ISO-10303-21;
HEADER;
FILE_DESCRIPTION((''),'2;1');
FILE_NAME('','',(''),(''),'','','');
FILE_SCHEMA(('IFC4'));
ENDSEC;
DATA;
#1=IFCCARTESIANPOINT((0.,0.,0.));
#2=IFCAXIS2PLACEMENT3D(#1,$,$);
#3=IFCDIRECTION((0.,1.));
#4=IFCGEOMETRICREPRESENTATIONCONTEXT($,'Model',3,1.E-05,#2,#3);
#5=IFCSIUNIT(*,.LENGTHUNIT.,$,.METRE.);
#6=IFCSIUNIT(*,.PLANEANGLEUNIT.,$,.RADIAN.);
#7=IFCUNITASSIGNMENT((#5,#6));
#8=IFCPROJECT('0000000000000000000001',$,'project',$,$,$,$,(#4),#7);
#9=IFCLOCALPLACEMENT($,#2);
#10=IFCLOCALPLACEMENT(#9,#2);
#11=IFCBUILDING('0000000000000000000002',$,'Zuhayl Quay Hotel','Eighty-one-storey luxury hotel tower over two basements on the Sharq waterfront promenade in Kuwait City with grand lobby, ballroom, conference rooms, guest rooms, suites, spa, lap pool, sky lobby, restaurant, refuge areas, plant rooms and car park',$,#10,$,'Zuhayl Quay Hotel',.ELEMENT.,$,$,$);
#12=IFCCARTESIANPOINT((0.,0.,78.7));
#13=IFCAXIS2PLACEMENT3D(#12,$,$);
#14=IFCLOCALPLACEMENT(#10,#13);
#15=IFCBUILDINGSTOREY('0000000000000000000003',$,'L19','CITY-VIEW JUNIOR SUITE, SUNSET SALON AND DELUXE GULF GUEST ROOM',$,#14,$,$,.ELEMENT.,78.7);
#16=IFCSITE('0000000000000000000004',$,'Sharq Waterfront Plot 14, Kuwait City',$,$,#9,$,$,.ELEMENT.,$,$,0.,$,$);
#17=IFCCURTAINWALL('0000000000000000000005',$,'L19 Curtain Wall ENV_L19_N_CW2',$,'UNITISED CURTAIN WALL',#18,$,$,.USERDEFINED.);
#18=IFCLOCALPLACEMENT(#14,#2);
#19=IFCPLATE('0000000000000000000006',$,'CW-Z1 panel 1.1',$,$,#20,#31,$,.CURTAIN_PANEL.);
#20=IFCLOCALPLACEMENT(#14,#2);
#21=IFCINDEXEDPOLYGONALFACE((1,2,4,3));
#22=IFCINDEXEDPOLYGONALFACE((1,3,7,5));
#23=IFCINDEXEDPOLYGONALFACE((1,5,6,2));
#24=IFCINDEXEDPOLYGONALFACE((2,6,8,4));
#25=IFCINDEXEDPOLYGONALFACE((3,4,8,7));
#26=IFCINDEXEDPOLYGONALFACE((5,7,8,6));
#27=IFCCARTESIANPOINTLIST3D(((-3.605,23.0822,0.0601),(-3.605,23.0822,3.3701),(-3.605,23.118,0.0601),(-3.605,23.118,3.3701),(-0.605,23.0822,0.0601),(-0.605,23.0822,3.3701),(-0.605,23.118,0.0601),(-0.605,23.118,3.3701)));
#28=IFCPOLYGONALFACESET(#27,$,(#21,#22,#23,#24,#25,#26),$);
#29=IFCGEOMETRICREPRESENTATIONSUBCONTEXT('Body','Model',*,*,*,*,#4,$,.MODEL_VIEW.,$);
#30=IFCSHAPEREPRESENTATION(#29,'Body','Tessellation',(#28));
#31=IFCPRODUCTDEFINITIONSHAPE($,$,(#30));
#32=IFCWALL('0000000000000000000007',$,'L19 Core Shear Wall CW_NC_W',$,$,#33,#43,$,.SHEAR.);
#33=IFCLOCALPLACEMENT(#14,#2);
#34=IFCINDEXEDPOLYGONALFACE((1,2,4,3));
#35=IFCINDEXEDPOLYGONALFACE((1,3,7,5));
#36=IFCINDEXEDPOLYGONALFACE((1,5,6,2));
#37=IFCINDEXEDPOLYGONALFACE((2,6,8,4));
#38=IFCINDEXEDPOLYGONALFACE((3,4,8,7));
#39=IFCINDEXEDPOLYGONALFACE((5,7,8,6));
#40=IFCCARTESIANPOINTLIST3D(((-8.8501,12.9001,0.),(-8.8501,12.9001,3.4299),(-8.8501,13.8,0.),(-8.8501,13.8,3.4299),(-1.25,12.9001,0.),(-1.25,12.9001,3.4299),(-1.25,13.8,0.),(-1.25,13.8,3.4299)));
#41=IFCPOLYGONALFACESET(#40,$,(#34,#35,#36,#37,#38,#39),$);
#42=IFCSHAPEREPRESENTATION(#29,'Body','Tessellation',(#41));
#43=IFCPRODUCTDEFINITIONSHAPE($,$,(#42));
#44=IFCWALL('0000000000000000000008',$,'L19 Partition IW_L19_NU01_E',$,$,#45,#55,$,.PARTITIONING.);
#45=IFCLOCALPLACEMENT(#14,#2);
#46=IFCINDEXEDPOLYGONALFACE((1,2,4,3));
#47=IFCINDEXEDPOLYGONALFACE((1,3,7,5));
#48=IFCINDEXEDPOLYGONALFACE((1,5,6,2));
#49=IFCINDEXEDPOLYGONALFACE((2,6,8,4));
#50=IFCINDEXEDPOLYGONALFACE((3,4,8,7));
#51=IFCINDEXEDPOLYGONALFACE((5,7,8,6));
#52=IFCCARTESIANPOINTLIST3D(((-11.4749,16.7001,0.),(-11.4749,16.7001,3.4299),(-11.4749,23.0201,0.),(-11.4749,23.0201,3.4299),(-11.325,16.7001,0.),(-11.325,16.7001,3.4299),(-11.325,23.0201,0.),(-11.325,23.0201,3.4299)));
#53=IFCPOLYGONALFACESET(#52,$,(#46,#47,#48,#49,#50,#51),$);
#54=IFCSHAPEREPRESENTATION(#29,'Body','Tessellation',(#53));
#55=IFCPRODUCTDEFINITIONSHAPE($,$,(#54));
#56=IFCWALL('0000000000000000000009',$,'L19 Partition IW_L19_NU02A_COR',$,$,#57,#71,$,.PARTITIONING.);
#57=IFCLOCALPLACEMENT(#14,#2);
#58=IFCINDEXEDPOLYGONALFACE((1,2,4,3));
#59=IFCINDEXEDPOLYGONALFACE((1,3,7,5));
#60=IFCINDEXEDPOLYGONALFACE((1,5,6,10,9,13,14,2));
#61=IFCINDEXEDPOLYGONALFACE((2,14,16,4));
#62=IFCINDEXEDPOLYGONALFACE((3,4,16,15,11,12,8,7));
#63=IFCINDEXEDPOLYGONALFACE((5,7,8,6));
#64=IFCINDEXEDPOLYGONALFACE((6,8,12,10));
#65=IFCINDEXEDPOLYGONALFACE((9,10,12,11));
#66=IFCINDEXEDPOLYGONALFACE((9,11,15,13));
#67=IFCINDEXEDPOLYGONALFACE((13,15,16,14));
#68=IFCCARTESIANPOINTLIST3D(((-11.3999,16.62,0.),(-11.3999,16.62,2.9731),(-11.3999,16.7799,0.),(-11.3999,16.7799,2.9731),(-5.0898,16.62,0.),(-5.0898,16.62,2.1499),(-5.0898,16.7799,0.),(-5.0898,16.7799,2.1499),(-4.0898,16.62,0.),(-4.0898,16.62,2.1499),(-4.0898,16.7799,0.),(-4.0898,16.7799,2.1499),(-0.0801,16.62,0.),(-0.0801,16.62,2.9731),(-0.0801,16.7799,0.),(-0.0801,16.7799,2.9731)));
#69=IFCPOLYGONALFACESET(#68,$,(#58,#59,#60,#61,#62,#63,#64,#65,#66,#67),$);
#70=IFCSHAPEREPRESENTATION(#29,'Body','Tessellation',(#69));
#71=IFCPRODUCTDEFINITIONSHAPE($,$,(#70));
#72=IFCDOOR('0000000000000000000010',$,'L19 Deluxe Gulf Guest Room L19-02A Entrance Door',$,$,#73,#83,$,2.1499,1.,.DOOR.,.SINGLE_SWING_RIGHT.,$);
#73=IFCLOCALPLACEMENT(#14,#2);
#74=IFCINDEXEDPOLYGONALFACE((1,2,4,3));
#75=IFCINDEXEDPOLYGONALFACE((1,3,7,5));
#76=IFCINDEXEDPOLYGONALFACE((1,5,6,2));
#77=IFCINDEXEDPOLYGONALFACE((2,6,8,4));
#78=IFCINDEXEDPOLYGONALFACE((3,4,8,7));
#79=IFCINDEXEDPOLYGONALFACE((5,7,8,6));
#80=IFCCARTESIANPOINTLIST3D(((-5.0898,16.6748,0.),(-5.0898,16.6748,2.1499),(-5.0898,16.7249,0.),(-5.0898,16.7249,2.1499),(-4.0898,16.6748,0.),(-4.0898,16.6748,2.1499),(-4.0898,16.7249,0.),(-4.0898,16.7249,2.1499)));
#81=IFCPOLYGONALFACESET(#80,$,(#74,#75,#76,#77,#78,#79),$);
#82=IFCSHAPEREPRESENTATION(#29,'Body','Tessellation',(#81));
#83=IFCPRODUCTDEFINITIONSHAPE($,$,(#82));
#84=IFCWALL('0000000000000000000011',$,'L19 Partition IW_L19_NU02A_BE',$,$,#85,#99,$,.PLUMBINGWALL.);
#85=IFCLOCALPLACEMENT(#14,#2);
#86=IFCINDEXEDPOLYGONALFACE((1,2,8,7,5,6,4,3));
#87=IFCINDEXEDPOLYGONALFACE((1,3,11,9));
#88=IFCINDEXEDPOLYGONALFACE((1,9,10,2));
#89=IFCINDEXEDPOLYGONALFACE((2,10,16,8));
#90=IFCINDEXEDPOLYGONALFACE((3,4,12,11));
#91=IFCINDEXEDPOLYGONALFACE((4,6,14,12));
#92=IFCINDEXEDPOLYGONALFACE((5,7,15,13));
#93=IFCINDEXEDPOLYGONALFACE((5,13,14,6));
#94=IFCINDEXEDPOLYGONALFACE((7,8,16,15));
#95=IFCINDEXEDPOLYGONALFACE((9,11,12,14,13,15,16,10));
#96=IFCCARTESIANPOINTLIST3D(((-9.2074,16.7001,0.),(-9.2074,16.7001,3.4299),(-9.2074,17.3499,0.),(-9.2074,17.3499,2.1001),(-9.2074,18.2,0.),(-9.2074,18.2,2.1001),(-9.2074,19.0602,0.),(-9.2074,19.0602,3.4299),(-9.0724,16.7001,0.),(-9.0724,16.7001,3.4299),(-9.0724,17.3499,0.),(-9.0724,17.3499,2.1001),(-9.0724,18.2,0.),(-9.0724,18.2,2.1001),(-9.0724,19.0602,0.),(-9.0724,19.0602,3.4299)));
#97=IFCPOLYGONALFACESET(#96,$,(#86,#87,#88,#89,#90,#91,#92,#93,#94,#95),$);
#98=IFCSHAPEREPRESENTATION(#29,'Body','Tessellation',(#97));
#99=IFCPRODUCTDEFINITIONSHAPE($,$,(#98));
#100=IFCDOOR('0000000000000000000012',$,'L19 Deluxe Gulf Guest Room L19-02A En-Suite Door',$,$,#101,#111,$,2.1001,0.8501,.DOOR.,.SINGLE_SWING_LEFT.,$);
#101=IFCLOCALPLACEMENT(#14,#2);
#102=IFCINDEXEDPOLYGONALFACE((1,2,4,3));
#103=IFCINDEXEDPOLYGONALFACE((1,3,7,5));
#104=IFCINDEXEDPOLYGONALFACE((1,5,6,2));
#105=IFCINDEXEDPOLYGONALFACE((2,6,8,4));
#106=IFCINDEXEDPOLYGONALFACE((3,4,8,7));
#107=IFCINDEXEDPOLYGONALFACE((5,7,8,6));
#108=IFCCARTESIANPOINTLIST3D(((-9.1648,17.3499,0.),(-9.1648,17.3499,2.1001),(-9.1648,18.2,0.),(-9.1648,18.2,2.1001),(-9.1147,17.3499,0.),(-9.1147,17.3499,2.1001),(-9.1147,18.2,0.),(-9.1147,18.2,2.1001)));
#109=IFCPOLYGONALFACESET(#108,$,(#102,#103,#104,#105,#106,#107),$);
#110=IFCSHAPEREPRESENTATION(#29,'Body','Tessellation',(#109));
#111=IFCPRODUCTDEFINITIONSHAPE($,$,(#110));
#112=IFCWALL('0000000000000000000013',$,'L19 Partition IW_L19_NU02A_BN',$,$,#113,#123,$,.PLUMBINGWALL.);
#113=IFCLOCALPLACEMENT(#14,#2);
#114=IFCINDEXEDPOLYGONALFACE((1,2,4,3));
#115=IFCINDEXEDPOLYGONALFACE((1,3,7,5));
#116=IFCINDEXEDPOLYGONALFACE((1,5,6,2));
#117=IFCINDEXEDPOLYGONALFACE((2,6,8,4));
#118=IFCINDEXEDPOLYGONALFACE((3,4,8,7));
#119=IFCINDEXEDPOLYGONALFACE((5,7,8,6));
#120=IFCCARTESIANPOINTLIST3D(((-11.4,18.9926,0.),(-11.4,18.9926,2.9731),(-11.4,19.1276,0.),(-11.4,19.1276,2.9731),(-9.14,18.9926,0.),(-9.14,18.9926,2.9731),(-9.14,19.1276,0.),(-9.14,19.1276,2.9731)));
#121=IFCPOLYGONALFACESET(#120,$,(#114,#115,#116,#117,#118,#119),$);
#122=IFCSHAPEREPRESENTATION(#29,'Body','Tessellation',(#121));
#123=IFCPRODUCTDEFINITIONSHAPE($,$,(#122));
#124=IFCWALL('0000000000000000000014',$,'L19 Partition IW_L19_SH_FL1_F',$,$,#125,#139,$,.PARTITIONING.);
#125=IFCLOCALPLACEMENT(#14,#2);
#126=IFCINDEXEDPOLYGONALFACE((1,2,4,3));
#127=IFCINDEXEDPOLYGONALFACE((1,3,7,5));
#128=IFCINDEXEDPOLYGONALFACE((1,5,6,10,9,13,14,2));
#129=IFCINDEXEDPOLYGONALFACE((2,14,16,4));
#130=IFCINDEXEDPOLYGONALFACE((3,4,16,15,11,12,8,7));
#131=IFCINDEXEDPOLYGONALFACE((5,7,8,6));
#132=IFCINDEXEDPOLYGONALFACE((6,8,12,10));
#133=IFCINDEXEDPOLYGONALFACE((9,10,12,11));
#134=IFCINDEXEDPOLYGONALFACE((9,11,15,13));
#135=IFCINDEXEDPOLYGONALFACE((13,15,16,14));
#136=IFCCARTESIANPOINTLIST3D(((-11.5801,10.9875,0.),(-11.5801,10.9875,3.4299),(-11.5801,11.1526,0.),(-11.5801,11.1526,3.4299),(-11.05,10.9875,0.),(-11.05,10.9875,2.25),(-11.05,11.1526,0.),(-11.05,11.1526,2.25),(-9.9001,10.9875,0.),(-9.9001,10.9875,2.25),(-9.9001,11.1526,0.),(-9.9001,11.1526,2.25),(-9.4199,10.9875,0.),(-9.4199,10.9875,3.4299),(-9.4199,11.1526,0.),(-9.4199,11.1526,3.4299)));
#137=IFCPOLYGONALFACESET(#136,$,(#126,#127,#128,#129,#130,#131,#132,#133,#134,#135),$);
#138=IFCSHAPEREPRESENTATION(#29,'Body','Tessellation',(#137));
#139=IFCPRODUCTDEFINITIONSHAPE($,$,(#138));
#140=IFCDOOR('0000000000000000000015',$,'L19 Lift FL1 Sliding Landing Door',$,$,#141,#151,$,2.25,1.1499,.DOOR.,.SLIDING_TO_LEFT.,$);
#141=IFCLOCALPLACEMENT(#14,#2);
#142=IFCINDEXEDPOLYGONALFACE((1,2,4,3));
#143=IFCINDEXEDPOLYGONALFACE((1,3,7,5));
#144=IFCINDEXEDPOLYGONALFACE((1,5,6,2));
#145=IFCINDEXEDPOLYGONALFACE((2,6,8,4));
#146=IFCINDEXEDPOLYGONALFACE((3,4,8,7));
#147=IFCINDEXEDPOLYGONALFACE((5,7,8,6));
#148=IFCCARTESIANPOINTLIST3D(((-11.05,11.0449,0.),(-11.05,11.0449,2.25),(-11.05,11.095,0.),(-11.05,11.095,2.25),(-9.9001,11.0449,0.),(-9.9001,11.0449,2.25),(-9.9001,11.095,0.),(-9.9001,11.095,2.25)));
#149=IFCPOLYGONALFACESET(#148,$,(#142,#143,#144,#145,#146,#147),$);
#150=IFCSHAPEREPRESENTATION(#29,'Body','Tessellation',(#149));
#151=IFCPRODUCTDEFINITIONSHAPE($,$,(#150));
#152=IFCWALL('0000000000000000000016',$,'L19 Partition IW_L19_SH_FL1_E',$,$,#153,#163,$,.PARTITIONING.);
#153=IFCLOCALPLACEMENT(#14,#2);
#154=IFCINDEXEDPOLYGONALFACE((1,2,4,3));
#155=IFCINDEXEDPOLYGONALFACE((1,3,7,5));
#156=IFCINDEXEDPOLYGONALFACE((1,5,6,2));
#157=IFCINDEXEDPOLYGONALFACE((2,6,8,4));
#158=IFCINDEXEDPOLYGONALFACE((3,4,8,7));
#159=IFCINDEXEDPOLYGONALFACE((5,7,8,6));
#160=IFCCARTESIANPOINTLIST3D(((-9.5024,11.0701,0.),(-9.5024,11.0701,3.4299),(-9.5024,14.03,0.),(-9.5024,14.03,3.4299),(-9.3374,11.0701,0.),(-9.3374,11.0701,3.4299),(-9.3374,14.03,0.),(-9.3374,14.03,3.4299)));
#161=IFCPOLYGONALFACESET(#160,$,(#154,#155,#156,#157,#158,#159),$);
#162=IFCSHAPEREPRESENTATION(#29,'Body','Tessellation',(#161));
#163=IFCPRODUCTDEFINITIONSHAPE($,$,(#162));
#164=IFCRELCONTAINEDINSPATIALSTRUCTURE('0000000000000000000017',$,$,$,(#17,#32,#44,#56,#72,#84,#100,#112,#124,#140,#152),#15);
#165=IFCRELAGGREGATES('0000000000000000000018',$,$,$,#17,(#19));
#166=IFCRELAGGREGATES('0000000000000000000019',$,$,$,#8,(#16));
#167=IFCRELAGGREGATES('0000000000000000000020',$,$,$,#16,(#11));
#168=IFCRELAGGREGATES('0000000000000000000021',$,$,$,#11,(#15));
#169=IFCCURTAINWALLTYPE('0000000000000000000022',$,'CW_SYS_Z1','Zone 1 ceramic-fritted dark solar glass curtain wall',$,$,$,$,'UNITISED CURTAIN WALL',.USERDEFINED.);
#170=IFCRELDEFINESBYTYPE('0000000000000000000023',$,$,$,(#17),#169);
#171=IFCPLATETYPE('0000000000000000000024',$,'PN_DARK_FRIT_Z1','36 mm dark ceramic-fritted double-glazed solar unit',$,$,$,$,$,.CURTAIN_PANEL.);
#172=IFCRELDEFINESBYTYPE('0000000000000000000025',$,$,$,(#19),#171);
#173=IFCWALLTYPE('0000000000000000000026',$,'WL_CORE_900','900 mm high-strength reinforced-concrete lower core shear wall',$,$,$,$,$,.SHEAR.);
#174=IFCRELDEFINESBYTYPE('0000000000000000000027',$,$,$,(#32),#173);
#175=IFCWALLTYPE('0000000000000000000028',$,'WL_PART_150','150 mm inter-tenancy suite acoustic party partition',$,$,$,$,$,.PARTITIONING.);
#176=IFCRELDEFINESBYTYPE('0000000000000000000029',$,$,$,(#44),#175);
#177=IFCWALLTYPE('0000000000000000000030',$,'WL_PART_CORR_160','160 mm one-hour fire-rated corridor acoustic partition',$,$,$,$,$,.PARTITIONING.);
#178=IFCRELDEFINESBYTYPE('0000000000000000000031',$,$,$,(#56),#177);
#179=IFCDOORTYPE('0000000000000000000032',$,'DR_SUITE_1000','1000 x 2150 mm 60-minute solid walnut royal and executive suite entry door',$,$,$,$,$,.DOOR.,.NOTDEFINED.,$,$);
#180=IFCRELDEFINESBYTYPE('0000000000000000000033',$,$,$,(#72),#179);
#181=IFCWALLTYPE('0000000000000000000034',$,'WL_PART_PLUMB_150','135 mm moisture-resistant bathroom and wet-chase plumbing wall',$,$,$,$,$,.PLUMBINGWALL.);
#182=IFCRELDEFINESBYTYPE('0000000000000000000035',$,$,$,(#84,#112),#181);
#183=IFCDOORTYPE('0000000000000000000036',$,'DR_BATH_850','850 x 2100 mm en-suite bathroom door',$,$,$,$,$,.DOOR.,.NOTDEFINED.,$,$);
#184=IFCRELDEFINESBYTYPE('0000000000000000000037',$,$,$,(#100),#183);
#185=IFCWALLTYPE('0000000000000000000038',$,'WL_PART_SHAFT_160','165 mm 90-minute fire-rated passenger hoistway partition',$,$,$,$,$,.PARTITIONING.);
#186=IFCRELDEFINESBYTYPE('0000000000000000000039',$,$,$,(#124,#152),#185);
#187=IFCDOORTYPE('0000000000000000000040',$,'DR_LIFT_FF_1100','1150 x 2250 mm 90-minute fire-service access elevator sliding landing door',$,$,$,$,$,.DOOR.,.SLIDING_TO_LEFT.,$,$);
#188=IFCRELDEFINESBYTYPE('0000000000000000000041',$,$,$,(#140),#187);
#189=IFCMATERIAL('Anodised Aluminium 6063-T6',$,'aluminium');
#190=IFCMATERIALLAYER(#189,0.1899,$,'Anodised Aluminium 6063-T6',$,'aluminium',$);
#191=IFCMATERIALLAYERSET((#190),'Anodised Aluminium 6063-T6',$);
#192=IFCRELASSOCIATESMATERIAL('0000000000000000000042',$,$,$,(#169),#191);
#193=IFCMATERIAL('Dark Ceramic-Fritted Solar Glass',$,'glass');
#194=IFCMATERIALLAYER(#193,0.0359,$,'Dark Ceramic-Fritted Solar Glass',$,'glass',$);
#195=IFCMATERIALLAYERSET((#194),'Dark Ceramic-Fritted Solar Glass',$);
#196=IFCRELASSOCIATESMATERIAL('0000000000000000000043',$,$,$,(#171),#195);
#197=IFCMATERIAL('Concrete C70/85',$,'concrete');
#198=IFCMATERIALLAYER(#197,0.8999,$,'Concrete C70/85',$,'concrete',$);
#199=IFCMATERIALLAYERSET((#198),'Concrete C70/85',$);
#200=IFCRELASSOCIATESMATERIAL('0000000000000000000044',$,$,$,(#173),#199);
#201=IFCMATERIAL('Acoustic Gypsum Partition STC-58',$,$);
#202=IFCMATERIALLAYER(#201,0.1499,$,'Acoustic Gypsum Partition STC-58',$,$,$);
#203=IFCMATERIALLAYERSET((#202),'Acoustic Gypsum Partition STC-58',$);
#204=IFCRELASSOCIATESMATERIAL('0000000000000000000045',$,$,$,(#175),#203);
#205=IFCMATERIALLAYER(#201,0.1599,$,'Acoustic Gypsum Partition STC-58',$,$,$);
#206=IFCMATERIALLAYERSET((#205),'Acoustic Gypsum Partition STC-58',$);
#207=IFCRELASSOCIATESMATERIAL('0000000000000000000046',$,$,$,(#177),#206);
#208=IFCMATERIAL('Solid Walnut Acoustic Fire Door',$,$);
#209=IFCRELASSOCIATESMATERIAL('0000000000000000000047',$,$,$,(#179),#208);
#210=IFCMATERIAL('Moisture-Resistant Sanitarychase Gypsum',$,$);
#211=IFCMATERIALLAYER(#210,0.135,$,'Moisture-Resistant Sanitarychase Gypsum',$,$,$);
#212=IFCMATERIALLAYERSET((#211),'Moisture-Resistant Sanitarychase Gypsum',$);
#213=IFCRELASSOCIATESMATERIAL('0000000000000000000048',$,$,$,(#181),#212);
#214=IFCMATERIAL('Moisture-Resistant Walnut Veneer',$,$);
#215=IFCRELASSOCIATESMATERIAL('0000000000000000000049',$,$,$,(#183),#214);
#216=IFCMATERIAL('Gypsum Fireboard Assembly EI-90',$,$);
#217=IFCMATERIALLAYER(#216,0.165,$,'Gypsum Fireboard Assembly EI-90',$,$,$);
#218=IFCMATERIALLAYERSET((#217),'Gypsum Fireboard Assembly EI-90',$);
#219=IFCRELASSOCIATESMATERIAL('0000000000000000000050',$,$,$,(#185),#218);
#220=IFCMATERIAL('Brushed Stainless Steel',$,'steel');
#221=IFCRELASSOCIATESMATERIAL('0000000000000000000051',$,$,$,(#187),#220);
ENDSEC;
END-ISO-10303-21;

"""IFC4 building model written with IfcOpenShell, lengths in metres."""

from ifc_helpers import new_model, si_unit, direction, frame, frame_2d, origin, origin_2d, place, context, subcontext, project, spatial, rectangle, extrude, material, layer, layer_set, type_object, element, fill, aggregate, save


model = new_model("IFC4")

# Units and contexts
model_context = context("Model", 3, precision=1e-05, world=origin(), true_north=direction((0.0, 1.0)))
body_context = subcontext(model_context, "Body", "Model", "MODEL_VIEW")
ifc_project = project(units=[si_unit("LENGTHUNIT", "METRE"), si_unit("PLANEANGLEUNIT", "RADIAN")], contexts=[model_context])

# Site, building, storey
site_placement = place(None, origin())
site = spatial("IfcSite", under=ifc_project, at=site_placement, Name="Sharq Waterfront Plot 14, Kuwait City", CompositionType="ELEMENT", RefElevation=0.0)
building_placement = place(site_placement, origin())
building = spatial("IfcBuilding", under=site, at=building_placement, Name="Zuhayl Quay Hotel", Description="Eighty-one-storey luxury hotel tower over two basements on the Sharq waterfront promenade in Kuwait City with grand lobby, ballroom, conference rooms, guest rooms, suites, spa, lap pool, sky lobby, restaurant, refuge areas, plant rooms and car park", LongName="Zuhayl Quay Hotel", CompositionType="ELEMENT")
storey_placement = place(building_placement, frame((0.0, 0.0, 78.7)))
storey = spatial("IfcBuildingStorey", under=building, at=storey_placement, Name="L19", Description="CITY-VIEW JUNIOR SUITE, SUNSET SALON AND DELUXE GULF GUEST ROOM", CompositionType="ELEMENT", Elevation=78.7)

# Shared definitions
ifc_material_1 = material(Name="Concrete C70/85", Category="concrete")

# Curtain wall, plate
ifc_material_2 = material(Name="Anodised Aluminium 6063-T6", Category="aluminium")
ifc_layer_1 = layer(ifc_material_2, 0.1899, Name="Anodised Aluminium 6063-T6", Category="aluminium")
ifc_layer_set_1 = layer_set([ifc_layer_1], Name="Anodised Aluminium 6063-T6")
curtain_wall_type = type_object("IfcCurtainWallType", Name="CW_SYS_Z1", Description="Zone 1 ceramic-fritted dark solar glass curtain wall", ElementType="UNITISED CURTAIN WALL", PredefinedType="USERDEFINED", material=ifc_layer_set_1)
curtain_wall_placement = place(storey_placement, origin())
curtain_wall = element("IfcCurtainWall", 1, at=curtain_wall_placement, inside=storey, type_object=curtain_wall_type, Name="L19 Curtain Wall ENV_L19_N_CW2", ObjectType="UNITISED CURTAIN WALL", PredefinedType="USERDEFINED")
ifc_material_3 = material(Name="Dark Ceramic-Fritted Solar Glass", Category="glass")
ifc_layer_2 = layer(ifc_material_3, 0.0359, Name="Dark Ceramic-Fritted Solar Glass", Category="glass")
ifc_layer_set_2 = layer_set([ifc_layer_2], Name="Dark Ceramic-Fritted Solar Glass")
plate_type = type_object("IfcPlateType", Name="PN_DARK_FRIT_Z1", Description="36 mm dark ceramic-fritted double-glazed solar unit", PredefinedType="CURTAIN_PANEL", material=ifc_layer_set_2)
plate_placement = place(storey_placement, frame((-2.105, 23.1001, 0.0601), z_axis=(0.0, 0.0, 1.0), x_axis=(1.0, 0.0, 0.0)))
plate = element("IfcPlate", 2, at=plate_placement, type_object=plate_type, Name="CW-Z1 panel 1.1", PredefinedType="CURTAIN_PANEL", context=body_context, shape_type="SweptSolid", body=[
    extrude(rectangle(XDim=3.0, YDim=0.0359, at=origin_2d()), origin(), (0.0, 0.0, 1.0), 3.3101),
])
aggregate(curtain_wall, [plate])

# Walls
ifc_layer_3 = layer(ifc_material_1, 0.8999, Name="Concrete C70/85", Category="concrete")
ifc_layer_set_3 = layer_set([ifc_layer_3], Name="Concrete C70/85")
wall_type_1 = type_object("IfcWallType", Name="WL_CORE_900", Description="900 mm high-strength reinforced-concrete lower core shear wall", PredefinedType="SHEAR", material=ifc_layer_set_3)
wall_1_placement = place(storey_placement, frame((-8.8501, 13.3501, 0.0), z_axis=(0.0, 0.0, 1.0), x_axis=(1.0, 0.0, 0.0)))
element("IfcWall", 3, at=wall_1_placement, inside=storey, type_object=wall_type_1, Name="L19 Core Shear Wall CW_NC_W", PredefinedType="SHEAR", context=body_context, shape_type="SweptSolid", body=[
    extrude(rectangle(XDim=7.6001, YDim=0.8999, at=frame_2d((3.8, 0.0))), origin(), (0.0, 0.0, 1.0), 3.4299),
])
ifc_material_4 = material(Name="Acoustic Gypsum Partition STC-58")
ifc_layer_4 = layer(ifc_material_4, 0.1499, Name="Acoustic Gypsum Partition STC-58")
ifc_layer_set_4 = layer_set([ifc_layer_4], Name="Acoustic Gypsum Partition STC-58")
wall_type_2 = type_object("IfcWallType", Name="WL_PART_150", Description="150 mm inter-tenancy suite acoustic party partition", PredefinedType="PARTITIONING", material=ifc_layer_set_4)
wall_2_placement = place(storey_placement, frame((-11.3999, 16.7, 0.0), z_axis=(0.0, 0.0, 1.0), x_axis=(0.0, 1.0, 0.0)))
element("IfcWall", 4, at=wall_2_placement, inside=storey, type_object=wall_type_2, Name="L19 Partition IW_L19_NU01_E", PredefinedType="PARTITIONING", context=body_context, shape_type="SweptSolid", body=[
    extrude(rectangle(XDim=6.3201, YDim=0.1499, at=frame_2d((3.1602, 0.0))), origin(), (0.0, 0.0, 1.0), 3.4299),
])

# Walls, openings, doors
ifc_layer_5 = layer(ifc_material_4, 0.1599, Name="Acoustic Gypsum Partition STC-58")
ifc_layer_set_5 = layer_set([ifc_layer_5], Name="Acoustic Gypsum Partition STC-58")
wall_type_3 = type_object("IfcWallType", Name="WL_PART_CORR_160", Description="160 mm one-hour fire-rated corridor acoustic partition", PredefinedType="PARTITIONING", material=ifc_layer_set_5)
wall_3_placement = place(storey_placement, frame((-11.3999, 16.7, 0.0), z_axis=(0.0, 0.0, 1.0), x_axis=(1.0, 0.0, 0.0)))
wall_3 = element("IfcWall", 5, at=wall_3_placement, inside=storey, type_object=wall_type_3, Name="L19 Partition IW_L19_NU02A_COR", PredefinedType="PARTITIONING", context=body_context, shape_type="SweptSolid", body=[
    extrude(rectangle(XDim=11.3198, YDim=0.1599, at=frame_2d((5.6599, 0.0))), origin(), (0.0, 0.0, 1.0), 2.9731),
])
opening_1_placement = place(wall_3_placement, frame((6.3101, 0.0, 0.0)))
opening_1 = element("IfcOpeningElement", 6, at=opening_1_placement, cuts=wall_3, PredefinedType="OPENING", context=body_context, shape_type="SweptSolid", body=[
    extrude(rectangle(XDim=1.0, YDim=2.1499, at=frame_2d((0.5, 1.075))), frame((0.0, 0.0898, 0.0), z_axis=(0.0, -1.0, 0.0), x_axis=(1.0, 0.0, 0.0)), (0.0, 0.0, 1.0), 0.1799),
])
ifc_material_5 = material(Name="Solid Walnut Acoustic Fire Door")
door_type_1 = type_object("IfcDoorType", Name="DR_SUITE_1000", Description="1000 x 2150 mm 60-minute solid walnut royal and executive suite entry door", OperationType="NOTDEFINED", PredefinedType="DOOR", material=ifc_material_5)
door_1_placement = place(opening_1_placement, origin())
door_1 = element("IfcDoor", 7, at=door_1_placement, inside=storey, type_object=door_type_1, Name="L19 Deluxe Gulf Guest Room L19-02A Entrance Door", OperationType="SINGLE_SWING_RIGHT", OverallHeight=2.1499, OverallWidth=1.0, PredefinedType="DOOR", context=body_context, shape_type="SweptSolid", body=[
    extrude(rectangle(XDim=1.0, YDim=2.1499, at=frame_2d((0.5, 1.075))), frame((0.0, 0.0249, 0.0), z_axis=(0.0, -1.0, 0.0), x_axis=(1.0, 0.0, 0.0)), (0.0, 0.0, 1.0), 0.05),
])
fill(opening_1, door_1)
ifc_material_6 = material(Name="Moisture-Resistant Sanitarychase Gypsum")
ifc_layer_6 = layer(ifc_material_6, 0.135, Name="Moisture-Resistant Sanitarychase Gypsum")
ifc_layer_set_6 = layer_set([ifc_layer_6], Name="Moisture-Resistant Sanitarychase Gypsum")
wall_type_4 = type_object("IfcWallType", Name="WL_PART_PLUMB_150", Description="135 mm moisture-resistant bathroom and wet-chase plumbing wall", PredefinedType="PLUMBINGWALL", material=ifc_layer_set_6)
wall_4_placement = place(storey_placement, frame((-9.1399, 16.7, 0.0), z_axis=(0.0, 0.0, 1.0), x_axis=(0.0, 1.0, 0.0)))
wall_4 = element("IfcWall", 8, at=wall_4_placement, inside=storey, type_object=wall_type_4, Name="L19 Partition IW_L19_NU02A_BE", PredefinedType="PLUMBINGWALL", context=body_context, shape_type="SweptSolid", body=[
    extrude(rectangle(XDim=2.3601, YDim=0.135, at=frame_2d((1.1802, 0.0))), origin(), (0.0, 0.0, 1.0), 3.4299),
])
opening_2_placement = place(wall_4_placement, frame((0.6499, 0.0, 0.0)))
opening_2 = element("IfcOpeningElement", 9, at=opening_2_placement, cuts=wall_4, PredefinedType="OPENING", context=body_context, shape_type="SweptSolid", body=[
    extrude(rectangle(XDim=0.8501, YDim=2.1001, at=frame_2d((0.425, 1.05))), frame((0.0, 0.0774, 0.0), z_axis=(0.0, -1.0, 0.0), x_axis=(1.0, 0.0, 0.0)), (0.0, 0.0, 1.0), 0.155),
])
ifc_material_7 = material(Name="Moisture-Resistant Walnut Veneer")
door_type_2 = type_object("IfcDoorType", Name="DR_BATH_850", Description="850 x 2100 mm en-suite bathroom door", OperationType="NOTDEFINED", PredefinedType="DOOR", material=ifc_material_7)
door_2_placement = place(opening_2_placement, origin())
door_2 = element("IfcDoor", 10, at=door_2_placement, inside=storey, type_object=door_type_2, Name="L19 Deluxe Gulf Guest Room L19-02A En-Suite Door", OperationType="SINGLE_SWING_LEFT", OverallHeight=2.1001, OverallWidth=0.8501, PredefinedType="DOOR", context=body_context, shape_type="SweptSolid", body=[
    extrude(rectangle(XDim=0.8501, YDim=2.1001, at=frame_2d((0.425, 1.05))), frame((0.0, 0.0249, 0.0), z_axis=(0.0, -1.0, 0.0), x_axis=(1.0, 0.0, 0.0)), (0.0, 0.0, 1.0), 0.05),
])
fill(opening_2, door_2)

# Wall
wall_5_placement = place(storey_placement, frame((-11.3999, 19.0601, 0.0), z_axis=(0.0, 0.0, 1.0), x_axis=(1.0, 0.0, 0.0)))
element("IfcWall", 11, at=wall_5_placement, inside=storey, type_object=wall_type_4, Name="L19 Partition IW_L19_NU02A_BN", PredefinedType="PLUMBINGWALL", context=body_context, shape_type="SweptSolid", body=[
    extrude(rectangle(XDim=2.26, YDim=0.135, at=frame_2d((1.1299, 0.0))), origin(), (0.0, 0.0, 1.0), 2.9731),
])

# Wall, opening, door
ifc_material_8 = material(Name="Gypsum Fireboard Assembly EI-90")
ifc_layer_7 = layer(ifc_material_8, 0.165, Name="Gypsum Fireboard Assembly EI-90")
ifc_layer_set_7 = layer_set([ifc_layer_7], Name="Gypsum Fireboard Assembly EI-90")
wall_type_5 = type_object("IfcWallType", Name="WL_PART_SHAFT_160", Description="165 mm 90-minute fire-rated passenger hoistway partition", PredefinedType="PARTITIONING", material=ifc_layer_set_7)
wall_6_placement = place(storey_placement, frame((-11.5801, 11.0701, 0.0), z_axis=(0.0, 0.0, 1.0), x_axis=(1.0, 0.0, 0.0)))
wall_6 = element("IfcWall", 12, at=wall_6_placement, inside=storey, type_object=wall_type_5, Name="L19 Partition IW_L19_SH_FL1_F", PredefinedType="PARTITIONING", context=body_context, shape_type="SweptSolid", body=[
    extrude(rectangle(XDim=2.1602, YDim=0.165, at=frame_2d((1.0801, 0.0))), origin(), (0.0, 0.0, 1.0), 3.4299),
])
opening_3_placement = place(wall_6_placement, frame((0.53, 0.0, 0.0)))
opening_3 = element("IfcOpeningElement", 13, at=opening_3_placement, cuts=wall_6, PredefinedType="OPENING", context=body_context, shape_type="SweptSolid", body=[
    extrude(rectangle(XDim=1.1499, YDim=2.25, at=frame_2d((0.575, 1.125))), frame((0.0, 0.0925, 0.0), z_axis=(0.0, -1.0, 0.0), x_axis=(1.0, 0.0, 0.0)), (0.0, 0.0, 1.0), 0.1851),
])
ifc_material_9 = material(Name="Brushed Stainless Steel", Category="steel")
door_type_3 = type_object("IfcDoorType", Name="DR_LIFT_FF_1100", Description="1150 x 2250 mm 90-minute fire-service access elevator sliding landing door", OperationType="SLIDING_TO_LEFT", PredefinedType="DOOR", material=ifc_material_9)
door_3_placement = place(opening_3_placement, origin())
door_3 = element("IfcDoor", 14, at=door_3_placement, inside=storey, type_object=door_type_3, Name="L19 Lift FL1 Sliding Landing Door", OperationType="SLIDING_TO_LEFT", OverallHeight=2.25, OverallWidth=1.1499, PredefinedType="DOOR", context=body_context, shape_type="SweptSolid", body=[
    extrude(rectangle(XDim=1.1499, YDim=2.25, at=frame_2d((0.575, 1.125))), frame((0.0, 0.0249, 0.0), z_axis=(0.0, -1.0, 0.0), x_axis=(1.0, 0.0, 0.0)), (0.0, 0.0, 1.0), 0.05),
])
fill(opening_3, door_3)

# Wall
wall_7_placement = place(storey_placement, frame((-9.4199, 11.0701, 0.0), z_axis=(0.0, 0.0, 1.0), x_axis=(0.0, 1.0, 0.0)))
element("IfcWall", 15, at=wall_7_placement, inside=storey, type_object=wall_type_5, Name="L19 Partition IW_L19_SH_FL1_E", PredefinedType="PARTITIONING", context=body_context, shape_type="SweptSolid", body=[
    extrude(rectangle(XDim=2.96, YDim=0.165, at=frame_2d((1.48, 0.0))), origin(), (0.0, 0.0, 1.0), 3.4299),
])

save(model, "model.ifc")
